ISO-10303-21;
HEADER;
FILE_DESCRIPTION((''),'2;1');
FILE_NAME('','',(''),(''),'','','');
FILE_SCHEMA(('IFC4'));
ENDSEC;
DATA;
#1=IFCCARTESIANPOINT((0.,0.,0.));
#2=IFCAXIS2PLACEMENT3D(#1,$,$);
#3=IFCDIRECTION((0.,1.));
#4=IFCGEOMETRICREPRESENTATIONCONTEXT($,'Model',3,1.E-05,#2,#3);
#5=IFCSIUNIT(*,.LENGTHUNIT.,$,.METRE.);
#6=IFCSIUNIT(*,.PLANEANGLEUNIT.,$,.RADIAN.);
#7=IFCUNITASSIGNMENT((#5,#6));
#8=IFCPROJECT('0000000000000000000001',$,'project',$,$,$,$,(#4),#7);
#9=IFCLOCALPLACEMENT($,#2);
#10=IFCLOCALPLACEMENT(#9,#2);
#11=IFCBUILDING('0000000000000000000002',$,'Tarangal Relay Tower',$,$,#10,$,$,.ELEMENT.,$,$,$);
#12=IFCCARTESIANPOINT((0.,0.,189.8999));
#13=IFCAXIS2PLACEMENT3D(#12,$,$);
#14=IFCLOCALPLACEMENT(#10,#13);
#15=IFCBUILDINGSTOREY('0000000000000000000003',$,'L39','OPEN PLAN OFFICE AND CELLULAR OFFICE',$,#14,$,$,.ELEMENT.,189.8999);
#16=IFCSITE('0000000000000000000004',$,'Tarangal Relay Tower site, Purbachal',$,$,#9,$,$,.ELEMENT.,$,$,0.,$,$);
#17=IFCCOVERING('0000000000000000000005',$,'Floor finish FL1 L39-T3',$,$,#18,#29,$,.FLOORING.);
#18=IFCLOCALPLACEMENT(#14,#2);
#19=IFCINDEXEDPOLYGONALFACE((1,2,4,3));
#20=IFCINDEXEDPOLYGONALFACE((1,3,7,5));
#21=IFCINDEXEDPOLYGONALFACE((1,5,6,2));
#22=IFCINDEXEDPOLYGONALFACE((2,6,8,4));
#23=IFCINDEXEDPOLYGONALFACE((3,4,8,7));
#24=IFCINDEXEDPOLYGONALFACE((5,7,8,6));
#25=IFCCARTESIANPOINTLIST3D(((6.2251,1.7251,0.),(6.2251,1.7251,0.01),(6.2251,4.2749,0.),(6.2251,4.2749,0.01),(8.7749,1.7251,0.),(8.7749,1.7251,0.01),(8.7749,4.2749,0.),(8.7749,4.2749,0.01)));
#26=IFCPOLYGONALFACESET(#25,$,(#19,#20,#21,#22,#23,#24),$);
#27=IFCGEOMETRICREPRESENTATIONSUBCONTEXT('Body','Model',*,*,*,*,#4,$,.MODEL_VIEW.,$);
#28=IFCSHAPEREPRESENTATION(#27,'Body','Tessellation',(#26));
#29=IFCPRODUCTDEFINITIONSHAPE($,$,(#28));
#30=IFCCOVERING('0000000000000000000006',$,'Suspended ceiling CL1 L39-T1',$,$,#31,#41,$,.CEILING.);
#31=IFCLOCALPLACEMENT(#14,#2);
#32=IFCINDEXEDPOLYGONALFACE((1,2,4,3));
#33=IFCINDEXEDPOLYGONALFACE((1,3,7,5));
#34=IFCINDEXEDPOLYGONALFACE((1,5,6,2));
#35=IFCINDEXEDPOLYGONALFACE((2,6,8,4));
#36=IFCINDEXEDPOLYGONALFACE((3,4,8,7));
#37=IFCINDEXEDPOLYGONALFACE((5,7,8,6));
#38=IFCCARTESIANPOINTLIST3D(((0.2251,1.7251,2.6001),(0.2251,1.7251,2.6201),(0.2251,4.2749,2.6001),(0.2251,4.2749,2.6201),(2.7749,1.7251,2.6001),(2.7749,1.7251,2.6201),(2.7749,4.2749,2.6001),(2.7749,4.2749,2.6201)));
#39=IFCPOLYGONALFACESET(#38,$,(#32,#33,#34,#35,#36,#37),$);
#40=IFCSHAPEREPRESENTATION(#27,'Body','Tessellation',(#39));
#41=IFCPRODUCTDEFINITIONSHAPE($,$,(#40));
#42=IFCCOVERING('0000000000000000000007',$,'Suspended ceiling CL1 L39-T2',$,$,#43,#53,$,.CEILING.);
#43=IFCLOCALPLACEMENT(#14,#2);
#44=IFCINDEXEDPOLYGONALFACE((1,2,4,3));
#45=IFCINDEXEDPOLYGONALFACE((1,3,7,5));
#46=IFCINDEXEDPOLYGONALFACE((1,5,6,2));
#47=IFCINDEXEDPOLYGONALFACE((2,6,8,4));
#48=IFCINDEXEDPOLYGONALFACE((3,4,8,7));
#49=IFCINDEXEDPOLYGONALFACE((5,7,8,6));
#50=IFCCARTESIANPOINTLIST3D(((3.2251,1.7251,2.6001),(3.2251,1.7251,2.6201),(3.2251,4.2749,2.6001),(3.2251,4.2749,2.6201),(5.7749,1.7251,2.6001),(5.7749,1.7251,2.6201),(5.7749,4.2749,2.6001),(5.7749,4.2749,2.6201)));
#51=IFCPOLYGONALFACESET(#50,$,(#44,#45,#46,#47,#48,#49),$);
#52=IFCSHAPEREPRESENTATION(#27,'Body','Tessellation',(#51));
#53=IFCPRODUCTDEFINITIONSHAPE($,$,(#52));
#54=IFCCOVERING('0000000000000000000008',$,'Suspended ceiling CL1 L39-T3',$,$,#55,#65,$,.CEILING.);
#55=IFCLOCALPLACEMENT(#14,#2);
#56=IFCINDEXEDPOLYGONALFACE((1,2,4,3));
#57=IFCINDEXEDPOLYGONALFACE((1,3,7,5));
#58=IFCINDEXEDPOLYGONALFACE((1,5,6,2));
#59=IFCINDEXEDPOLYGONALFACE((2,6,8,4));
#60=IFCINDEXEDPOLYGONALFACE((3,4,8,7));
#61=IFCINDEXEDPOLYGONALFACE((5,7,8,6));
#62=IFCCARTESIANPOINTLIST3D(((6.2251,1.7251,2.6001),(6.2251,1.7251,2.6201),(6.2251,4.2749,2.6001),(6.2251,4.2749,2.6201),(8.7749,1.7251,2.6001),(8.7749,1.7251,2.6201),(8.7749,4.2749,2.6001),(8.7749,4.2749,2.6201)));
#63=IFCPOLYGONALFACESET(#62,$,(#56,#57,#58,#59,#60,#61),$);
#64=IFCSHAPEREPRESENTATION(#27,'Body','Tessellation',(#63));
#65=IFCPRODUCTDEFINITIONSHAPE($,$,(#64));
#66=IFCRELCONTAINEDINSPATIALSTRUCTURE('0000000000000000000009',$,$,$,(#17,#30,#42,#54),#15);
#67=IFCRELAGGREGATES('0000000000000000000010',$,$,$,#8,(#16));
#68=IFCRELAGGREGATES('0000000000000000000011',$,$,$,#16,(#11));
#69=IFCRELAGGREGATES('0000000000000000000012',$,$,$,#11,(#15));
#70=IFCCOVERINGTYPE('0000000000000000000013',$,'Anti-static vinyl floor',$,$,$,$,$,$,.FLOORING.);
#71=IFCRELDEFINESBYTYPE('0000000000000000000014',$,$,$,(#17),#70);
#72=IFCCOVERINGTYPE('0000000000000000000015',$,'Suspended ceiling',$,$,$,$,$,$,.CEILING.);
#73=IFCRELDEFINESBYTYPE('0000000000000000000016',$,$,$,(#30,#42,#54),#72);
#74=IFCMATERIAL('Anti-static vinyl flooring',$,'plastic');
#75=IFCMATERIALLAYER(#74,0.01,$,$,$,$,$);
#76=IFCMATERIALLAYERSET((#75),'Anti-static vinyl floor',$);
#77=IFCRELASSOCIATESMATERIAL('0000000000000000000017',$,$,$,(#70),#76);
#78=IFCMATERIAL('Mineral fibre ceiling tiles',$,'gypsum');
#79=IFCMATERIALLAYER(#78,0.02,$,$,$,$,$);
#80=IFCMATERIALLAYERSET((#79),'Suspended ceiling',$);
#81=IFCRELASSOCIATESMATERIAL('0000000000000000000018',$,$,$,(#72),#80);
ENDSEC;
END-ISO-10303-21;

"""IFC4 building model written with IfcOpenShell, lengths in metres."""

from ifc_helpers import new_model, si_unit, direction, frame, origin, place, context, subcontext, project, spatial, polyline, outline, extrude, material, layer, layer_set, type_object, element, save


model = new_model("IFC4")

# Units and contexts
model_context = context("Model", 3, precision=1e-05, world=origin(), true_north=direction((0.0, 1.0)))
body_context = subcontext(model_context, "Body", "Model", "MODEL_VIEW")
ifc_project = project(units=[si_unit("LENGTHUNIT", "METRE"), si_unit("PLANEANGLEUNIT", "RADIAN")], contexts=[model_context])

# Site, building, storey
site_placement = place(None, origin())
site = spatial("IfcSite", under=ifc_project, at=site_placement, Name="Tarangal Relay Tower site, Purbachal", CompositionType="ELEMENT", RefElevation=0.0)
building_placement = place(site_placement, origin())
building = spatial("IfcBuilding", under=site, at=building_placement, Name="Tarangal Relay Tower", CompositionType="ELEMENT")
storey_placement = place(building_placement, frame((0.0, 0.0, 189.8999)))
storey = spatial("IfcBuildingStorey", under=building, at=storey_placement, Name="L39", Description="OPEN PLAN OFFICE AND CELLULAR OFFICE", CompositionType="ELEMENT", Elevation=189.8999)

# Coverings
ifc_material_1 = material(Name="Anti-static vinyl flooring", Category="plastic")
ifc_layer_1 = layer(ifc_material_1, 0.01)
ifc_layer_set_1 = layer_set([ifc_layer_1], Name="Anti-static vinyl floor")
covering_type_1 = type_object("IfcCoveringType", Name="Anti-static vinyl floor", PredefinedType="FLOORING", material=ifc_layer_set_1)
covering_1_placement = place(storey_placement, origin())
element("IfcCovering", 1, at=covering_1_placement, inside=storey, type_object=covering_type_1, Name="Floor finish FL1 L39-T3", PredefinedType="FLOORING", context=body_context, shape_type="SweptSolid", body=[
    extrude(outline(polyline([(6.2251, 1.7251), (8.7749, 1.7251), (8.7749, 4.2749), (6.2251, 4.2749), (6.2251, 1.7251)])), origin(), (0.0, 0.0, 1.0), 0.01),
])
ifc_material_2 = material(Name="Mineral fibre ceiling tiles", Category="gypsum")
ifc_layer_2 = layer(ifc_material_2, 0.02)
ifc_layer_set_2 = layer_set([ifc_layer_2], Name="Suspended ceiling")
covering_type_2 = type_object("IfcCoveringType", Name="Suspended ceiling", PredefinedType="CEILING", material=ifc_layer_set_2)
covering_2_placement = place(storey_placement, frame((0.0, 0.0, 2.6001)))
element("IfcCovering", 2, at=covering_2_placement, inside=storey, type_object=covering_type_2, Name="Suspended ceiling CL1 L39-T1", PredefinedType="CEILING", context=body_context, shape_type="SweptSolid", body=[
    extrude(outline(polyline([(0.2251, 1.7251), (2.7749, 1.7251), (2.7749, 4.2749), (0.2251, 4.2749), (0.2251, 1.7251)])), origin(), (0.0, 0.0, 1.0), 0.02),
])
covering_3_placement = place(storey_placement, frame((0.0, 0.0, 2.6001)))
element("IfcCovering", 3, at=covering_3_placement, inside=storey, type_object=covering_type_2, Name="Suspended ceiling CL1 L39-T2", PredefinedType="CEILING", context=body_context, shape_type="SweptSolid", body=[
    extrude(outline(polyline([(3.2251, 1.7251), (5.7749, 1.7251), (5.7749, 4.2749), (3.2251, 4.2749), (3.2251, 1.7251)])), origin(), (0.0, 0.0, 1.0), 0.02),
])
covering_4_placement = place(storey_placement, frame((0.0, 0.0, 2.6001)))
element("IfcCovering", 4, at=covering_4_placement, inside=storey, type_object=covering_type_2, Name="Suspended ceiling CL1 L39-T3", PredefinedType="CEILING", context=body_context, shape_type="SweptSolid", body=[
    extrude(outline(polyline([(6.2251, 1.7251), (8.7749, 1.7251), (8.7749, 4.2749), (6.2251, 4.2749), (6.2251, 1.7251)])), origin(), (0.0, 0.0, 1.0), 0.02),
])

save(model, "model.ifc")
